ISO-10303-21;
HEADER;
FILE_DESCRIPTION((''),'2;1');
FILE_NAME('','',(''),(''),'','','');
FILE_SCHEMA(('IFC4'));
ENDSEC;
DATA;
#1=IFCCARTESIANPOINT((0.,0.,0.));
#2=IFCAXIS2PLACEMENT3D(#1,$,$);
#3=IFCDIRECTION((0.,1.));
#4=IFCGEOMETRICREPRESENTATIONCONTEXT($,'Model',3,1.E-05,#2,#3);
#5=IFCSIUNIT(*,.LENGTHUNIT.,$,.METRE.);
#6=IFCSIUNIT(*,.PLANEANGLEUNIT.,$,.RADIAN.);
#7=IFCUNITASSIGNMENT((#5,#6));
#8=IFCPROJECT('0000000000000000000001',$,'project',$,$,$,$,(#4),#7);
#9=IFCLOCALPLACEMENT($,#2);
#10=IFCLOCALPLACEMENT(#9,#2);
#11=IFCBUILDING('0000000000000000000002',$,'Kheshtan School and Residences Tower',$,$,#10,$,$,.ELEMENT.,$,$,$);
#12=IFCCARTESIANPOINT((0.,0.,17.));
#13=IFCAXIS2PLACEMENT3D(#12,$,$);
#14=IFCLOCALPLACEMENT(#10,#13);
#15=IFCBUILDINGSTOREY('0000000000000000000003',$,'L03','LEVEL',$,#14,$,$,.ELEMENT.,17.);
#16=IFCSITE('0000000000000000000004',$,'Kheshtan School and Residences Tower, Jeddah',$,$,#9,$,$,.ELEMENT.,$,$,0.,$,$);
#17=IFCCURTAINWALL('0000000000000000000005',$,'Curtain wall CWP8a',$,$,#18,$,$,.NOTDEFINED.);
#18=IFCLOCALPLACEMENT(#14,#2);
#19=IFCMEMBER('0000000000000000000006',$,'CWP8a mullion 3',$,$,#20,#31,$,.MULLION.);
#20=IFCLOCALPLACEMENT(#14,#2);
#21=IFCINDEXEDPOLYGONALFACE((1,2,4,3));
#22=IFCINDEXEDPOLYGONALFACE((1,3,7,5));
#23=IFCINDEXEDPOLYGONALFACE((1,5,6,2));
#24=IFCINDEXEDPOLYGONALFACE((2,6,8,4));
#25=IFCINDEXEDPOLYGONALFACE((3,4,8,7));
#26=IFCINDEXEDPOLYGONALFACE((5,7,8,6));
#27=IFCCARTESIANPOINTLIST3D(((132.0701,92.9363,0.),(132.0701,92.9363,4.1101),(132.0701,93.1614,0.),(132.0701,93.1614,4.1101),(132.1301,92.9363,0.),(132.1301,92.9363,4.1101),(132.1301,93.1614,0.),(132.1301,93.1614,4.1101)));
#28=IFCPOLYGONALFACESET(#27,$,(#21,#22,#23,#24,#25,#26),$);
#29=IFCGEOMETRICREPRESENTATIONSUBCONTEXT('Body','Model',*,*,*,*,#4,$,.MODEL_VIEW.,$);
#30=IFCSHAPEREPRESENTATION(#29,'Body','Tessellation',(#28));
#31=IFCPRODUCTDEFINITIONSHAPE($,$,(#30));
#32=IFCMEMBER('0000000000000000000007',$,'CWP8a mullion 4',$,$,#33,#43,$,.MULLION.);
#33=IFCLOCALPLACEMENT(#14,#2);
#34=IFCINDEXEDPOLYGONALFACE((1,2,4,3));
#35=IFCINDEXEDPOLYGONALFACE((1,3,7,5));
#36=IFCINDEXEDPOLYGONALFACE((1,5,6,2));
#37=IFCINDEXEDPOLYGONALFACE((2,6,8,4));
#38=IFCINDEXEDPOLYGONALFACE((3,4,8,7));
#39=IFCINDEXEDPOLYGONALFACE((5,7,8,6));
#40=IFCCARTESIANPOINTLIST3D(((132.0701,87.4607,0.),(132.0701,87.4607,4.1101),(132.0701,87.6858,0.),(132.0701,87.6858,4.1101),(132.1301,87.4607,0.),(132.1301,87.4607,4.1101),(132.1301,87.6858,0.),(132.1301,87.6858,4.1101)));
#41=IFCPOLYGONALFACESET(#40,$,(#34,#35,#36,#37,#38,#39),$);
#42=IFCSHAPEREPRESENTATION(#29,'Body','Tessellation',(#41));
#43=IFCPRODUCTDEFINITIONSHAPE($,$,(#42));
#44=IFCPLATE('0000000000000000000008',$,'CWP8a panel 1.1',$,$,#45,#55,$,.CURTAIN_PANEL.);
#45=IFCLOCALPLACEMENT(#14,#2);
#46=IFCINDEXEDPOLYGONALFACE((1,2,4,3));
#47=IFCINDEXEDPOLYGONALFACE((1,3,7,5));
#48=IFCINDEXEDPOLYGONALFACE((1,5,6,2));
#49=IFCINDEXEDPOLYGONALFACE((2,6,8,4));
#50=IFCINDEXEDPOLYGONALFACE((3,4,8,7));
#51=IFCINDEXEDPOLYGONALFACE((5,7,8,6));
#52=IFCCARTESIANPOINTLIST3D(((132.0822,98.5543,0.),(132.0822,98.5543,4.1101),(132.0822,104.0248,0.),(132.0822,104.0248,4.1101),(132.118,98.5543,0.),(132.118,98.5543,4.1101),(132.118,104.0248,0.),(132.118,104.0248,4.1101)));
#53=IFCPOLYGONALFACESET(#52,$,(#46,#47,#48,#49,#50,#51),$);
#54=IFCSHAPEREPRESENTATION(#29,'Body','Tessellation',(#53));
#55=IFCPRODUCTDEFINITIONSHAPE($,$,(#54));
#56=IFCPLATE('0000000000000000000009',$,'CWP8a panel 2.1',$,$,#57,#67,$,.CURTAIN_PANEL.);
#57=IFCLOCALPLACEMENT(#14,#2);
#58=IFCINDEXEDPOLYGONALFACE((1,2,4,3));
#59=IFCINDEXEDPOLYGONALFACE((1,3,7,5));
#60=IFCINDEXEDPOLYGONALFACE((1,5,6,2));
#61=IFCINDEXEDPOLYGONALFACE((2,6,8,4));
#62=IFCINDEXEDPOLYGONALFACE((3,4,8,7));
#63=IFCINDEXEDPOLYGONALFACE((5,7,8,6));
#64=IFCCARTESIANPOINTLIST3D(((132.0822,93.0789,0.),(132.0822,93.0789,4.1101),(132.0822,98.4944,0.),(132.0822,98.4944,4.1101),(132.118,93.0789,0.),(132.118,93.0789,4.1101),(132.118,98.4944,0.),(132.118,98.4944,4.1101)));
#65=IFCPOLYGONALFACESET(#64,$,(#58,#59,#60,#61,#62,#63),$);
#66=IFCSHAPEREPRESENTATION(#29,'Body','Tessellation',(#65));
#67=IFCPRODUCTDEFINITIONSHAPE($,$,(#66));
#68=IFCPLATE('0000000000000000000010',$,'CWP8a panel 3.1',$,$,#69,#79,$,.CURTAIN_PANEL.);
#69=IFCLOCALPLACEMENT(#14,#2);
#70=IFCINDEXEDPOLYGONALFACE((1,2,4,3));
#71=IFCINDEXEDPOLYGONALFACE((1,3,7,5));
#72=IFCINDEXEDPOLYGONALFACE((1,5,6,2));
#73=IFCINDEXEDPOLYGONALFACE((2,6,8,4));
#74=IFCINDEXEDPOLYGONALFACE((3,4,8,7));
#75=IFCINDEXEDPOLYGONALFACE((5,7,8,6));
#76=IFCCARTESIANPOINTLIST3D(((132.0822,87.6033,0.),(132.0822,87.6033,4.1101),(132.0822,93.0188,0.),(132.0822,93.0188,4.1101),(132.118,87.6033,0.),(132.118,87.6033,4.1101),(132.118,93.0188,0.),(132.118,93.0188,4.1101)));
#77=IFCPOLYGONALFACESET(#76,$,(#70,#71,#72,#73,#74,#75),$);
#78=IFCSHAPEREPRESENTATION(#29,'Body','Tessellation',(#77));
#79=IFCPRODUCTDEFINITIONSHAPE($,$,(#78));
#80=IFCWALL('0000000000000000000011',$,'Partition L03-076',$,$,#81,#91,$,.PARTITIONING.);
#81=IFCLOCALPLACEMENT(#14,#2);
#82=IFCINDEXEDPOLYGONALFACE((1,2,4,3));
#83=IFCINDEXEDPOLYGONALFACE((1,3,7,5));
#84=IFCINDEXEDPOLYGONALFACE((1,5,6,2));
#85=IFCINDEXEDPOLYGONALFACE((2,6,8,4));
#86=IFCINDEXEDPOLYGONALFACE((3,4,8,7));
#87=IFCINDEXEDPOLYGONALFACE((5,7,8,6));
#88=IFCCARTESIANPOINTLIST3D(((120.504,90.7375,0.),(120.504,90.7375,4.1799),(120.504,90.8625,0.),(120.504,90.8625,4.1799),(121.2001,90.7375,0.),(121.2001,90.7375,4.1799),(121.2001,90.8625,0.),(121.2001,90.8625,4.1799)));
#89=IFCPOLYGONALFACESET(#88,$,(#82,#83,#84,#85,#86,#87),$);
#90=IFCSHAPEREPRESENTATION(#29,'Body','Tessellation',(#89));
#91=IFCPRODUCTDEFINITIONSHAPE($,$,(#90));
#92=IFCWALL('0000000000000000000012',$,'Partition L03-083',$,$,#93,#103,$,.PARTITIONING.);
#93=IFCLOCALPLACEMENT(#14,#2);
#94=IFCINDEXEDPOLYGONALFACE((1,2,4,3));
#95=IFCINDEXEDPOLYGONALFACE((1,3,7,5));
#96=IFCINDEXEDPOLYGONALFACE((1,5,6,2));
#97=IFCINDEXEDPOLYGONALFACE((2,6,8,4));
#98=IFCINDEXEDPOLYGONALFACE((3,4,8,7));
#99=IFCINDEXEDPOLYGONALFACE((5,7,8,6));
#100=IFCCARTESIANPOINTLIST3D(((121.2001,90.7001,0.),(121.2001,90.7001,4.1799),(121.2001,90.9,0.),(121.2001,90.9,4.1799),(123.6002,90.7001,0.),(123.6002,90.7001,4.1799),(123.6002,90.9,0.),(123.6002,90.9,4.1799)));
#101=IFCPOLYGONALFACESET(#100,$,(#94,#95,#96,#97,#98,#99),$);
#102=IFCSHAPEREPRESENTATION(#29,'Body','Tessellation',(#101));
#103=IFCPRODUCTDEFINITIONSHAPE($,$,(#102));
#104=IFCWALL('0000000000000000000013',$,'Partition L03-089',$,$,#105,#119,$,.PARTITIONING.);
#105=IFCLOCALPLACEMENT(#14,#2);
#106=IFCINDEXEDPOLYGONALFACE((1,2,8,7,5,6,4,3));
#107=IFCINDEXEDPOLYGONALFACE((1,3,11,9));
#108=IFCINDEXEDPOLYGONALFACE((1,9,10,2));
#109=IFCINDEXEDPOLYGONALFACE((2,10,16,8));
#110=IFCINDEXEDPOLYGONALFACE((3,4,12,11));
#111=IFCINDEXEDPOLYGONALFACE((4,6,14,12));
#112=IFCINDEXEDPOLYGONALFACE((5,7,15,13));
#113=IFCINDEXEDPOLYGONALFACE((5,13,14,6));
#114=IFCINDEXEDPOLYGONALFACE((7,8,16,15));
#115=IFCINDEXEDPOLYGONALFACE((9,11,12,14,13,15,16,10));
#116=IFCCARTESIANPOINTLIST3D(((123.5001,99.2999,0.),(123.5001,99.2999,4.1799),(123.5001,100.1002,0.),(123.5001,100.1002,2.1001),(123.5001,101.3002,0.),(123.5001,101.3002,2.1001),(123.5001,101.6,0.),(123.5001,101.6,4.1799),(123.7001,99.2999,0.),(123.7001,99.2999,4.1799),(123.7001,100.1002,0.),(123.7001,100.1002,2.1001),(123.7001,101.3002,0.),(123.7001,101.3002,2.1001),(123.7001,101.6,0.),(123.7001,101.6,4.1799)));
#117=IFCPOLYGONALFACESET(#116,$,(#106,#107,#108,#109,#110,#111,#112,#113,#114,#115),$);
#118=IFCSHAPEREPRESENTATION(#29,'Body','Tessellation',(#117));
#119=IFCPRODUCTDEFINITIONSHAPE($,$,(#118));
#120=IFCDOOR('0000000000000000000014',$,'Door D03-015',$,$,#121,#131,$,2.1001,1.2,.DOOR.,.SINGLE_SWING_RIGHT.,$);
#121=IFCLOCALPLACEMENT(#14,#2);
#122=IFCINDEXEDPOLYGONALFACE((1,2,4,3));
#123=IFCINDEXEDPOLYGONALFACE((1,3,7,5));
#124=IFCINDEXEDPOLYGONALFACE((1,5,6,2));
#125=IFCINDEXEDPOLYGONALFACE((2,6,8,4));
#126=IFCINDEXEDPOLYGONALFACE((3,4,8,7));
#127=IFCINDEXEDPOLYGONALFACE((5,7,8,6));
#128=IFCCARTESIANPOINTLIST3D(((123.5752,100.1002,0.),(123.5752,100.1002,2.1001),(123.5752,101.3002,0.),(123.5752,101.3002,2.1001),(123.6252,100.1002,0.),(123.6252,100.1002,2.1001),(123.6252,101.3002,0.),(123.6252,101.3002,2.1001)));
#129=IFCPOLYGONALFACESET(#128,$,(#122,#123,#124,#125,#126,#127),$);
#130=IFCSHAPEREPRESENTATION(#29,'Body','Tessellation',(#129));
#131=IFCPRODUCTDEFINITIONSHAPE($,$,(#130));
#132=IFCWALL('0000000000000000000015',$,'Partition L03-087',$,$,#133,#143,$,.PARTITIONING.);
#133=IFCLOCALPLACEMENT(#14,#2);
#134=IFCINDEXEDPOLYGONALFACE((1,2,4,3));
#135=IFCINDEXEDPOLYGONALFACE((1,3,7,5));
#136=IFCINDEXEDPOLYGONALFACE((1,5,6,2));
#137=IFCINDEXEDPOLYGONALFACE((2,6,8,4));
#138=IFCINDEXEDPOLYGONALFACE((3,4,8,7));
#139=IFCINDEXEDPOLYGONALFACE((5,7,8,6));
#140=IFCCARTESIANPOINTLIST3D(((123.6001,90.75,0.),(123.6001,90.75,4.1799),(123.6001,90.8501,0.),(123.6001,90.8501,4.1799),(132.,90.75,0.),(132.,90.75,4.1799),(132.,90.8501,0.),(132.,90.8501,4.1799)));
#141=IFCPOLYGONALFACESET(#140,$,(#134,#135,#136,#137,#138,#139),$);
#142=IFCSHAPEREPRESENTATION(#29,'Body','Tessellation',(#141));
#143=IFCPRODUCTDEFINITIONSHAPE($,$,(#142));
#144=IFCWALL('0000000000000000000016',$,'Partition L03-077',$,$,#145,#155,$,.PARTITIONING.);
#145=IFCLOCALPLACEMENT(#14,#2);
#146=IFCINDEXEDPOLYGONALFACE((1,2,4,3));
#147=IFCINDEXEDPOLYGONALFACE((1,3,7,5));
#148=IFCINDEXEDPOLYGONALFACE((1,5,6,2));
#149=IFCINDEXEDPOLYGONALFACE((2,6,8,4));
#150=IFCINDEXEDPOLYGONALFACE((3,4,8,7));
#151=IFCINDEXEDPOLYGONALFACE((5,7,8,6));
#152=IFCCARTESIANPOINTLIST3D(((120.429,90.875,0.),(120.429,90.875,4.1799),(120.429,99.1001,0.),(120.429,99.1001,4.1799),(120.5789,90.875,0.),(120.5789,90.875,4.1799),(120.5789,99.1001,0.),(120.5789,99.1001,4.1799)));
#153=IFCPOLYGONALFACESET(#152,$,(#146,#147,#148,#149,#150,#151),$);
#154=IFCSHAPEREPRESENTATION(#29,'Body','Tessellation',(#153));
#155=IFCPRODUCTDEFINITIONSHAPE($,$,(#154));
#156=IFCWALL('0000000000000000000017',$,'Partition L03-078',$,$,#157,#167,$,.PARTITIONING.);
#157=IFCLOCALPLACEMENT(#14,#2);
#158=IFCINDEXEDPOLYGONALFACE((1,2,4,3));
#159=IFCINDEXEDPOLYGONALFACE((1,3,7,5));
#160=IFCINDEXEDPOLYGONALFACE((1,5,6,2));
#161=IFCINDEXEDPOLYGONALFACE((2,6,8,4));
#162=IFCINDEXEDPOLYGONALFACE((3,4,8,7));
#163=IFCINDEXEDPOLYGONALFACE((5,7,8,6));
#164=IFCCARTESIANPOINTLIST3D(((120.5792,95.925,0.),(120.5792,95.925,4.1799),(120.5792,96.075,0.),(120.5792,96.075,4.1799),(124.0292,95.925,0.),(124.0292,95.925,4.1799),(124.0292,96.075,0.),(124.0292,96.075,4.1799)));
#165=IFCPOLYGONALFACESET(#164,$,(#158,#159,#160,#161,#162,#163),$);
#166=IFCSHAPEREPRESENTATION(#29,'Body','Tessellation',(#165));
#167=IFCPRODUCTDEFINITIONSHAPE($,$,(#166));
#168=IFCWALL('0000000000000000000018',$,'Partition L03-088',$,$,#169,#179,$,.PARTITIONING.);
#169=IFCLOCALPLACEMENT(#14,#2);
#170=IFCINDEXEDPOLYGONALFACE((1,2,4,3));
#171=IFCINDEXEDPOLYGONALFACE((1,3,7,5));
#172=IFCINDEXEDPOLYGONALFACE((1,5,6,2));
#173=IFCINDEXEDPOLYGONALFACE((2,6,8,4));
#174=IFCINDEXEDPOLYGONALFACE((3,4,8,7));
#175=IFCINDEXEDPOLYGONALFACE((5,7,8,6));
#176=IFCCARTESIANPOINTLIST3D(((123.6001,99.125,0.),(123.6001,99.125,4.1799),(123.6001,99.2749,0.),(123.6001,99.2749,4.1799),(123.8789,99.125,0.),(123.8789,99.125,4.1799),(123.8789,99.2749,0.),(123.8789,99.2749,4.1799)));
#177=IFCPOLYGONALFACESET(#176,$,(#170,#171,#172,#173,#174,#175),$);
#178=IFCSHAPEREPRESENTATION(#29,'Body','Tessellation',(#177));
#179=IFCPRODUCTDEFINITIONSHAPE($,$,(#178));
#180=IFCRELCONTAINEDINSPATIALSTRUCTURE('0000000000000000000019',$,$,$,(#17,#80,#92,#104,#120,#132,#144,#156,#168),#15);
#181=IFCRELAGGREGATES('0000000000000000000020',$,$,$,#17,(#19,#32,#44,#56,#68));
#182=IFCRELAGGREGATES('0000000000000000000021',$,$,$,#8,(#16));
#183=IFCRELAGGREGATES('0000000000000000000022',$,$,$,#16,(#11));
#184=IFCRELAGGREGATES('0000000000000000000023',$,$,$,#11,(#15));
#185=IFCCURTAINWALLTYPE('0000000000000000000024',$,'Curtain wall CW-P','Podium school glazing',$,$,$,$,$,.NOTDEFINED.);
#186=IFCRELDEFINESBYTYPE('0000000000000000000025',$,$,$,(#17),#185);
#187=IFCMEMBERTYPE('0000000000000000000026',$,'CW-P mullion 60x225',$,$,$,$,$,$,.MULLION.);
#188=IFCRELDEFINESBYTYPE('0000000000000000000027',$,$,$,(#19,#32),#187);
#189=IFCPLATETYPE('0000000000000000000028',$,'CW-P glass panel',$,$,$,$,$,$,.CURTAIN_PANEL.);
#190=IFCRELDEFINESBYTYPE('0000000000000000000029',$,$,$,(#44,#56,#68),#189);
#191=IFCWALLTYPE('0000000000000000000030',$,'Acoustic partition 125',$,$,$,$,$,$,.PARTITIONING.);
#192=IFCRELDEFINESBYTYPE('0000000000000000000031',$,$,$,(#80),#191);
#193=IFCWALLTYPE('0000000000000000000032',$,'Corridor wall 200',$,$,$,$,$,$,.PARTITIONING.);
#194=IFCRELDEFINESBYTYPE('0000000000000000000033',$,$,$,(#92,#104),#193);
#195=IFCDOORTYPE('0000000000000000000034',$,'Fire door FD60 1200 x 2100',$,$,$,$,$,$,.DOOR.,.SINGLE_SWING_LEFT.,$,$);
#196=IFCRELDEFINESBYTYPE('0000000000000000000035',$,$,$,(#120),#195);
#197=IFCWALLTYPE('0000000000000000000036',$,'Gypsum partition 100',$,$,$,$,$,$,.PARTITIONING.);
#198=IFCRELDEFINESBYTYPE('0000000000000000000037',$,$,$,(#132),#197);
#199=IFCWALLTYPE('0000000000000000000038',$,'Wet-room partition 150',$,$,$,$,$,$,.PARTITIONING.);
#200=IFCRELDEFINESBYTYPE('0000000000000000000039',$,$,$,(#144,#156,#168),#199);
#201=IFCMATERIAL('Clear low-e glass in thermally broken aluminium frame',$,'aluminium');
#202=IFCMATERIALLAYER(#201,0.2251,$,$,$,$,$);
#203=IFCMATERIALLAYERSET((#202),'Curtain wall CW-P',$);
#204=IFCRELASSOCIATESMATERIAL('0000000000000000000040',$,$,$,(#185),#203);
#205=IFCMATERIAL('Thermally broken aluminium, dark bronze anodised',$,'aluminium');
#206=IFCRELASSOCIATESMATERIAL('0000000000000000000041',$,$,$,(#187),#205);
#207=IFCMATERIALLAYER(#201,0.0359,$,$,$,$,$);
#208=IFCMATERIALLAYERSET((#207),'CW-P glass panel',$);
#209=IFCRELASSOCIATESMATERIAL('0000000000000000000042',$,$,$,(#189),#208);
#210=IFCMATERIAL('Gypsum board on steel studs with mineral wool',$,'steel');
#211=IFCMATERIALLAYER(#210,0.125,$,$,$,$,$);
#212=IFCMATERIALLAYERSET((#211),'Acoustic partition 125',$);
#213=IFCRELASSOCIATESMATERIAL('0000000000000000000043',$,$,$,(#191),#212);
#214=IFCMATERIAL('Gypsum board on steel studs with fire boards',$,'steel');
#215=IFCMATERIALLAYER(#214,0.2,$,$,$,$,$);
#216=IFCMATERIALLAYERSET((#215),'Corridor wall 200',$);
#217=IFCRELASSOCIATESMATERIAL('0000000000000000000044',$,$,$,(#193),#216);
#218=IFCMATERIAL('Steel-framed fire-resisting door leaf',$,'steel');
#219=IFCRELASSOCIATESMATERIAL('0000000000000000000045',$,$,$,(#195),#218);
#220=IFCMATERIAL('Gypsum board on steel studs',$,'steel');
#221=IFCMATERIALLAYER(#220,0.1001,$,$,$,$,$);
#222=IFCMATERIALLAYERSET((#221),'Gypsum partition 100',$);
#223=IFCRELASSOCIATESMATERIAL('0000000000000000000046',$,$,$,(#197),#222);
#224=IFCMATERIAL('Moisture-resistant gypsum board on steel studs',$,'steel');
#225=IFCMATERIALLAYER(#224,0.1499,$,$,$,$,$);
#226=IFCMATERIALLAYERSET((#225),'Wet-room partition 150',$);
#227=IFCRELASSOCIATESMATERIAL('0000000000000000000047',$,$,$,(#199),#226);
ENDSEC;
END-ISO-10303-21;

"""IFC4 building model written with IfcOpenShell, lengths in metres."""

from ifc_helpers import new_model, si_unit, direction, frame, frame_2d, origin, origin_2d, place, context, subcontext, project, spatial, rectangle, extrude, source, transform, mapped, material, layer, layer_set, material_profile, profile_set, type_object, element, fill, aggregate, save


model = new_model("IFC4")

# Units and contexts
model_context = context("Model", 3, precision=1e-05, world=origin(), true_north=direction((0.0, 1.0)))
body_context = subcontext(model_context, "Body", "Model", "MODEL_VIEW")
ifc_project = project(units=[si_unit("LENGTHUNIT", "METRE"), si_unit("PLANEANGLEUNIT", "RADIAN")], contexts=[model_context])

# Site, building, storey
site_placement = place(None, origin())
site = spatial("IfcSite", under=ifc_project, at=site_placement, Name="Kheshtan School and Residences Tower, Jeddah", CompositionType="ELEMENT", RefElevation=0.0)
building_placement = place(site_placement, origin())
building = spatial("IfcBuilding", under=site, at=building_placement, Name="Kheshtan School and Residences Tower", CompositionType="ELEMENT")
storey_placement = place(building_placement, frame((0.0, 0.0, 17.0)))
storey = spatial("IfcBuildingStorey", under=building, at=storey_placement, Name="L03", Description="LEVEL", CompositionType="ELEMENT", Elevation=17.0)

# Curtain wall, members, plates
ifc_material_1 = material(Name="Clear low-e glass in thermally broken aluminium frame", Category="aluminium")
ifc_layer_1 = layer(ifc_material_1, 0.2251)
ifc_layer_set_1 = layer_set([ifc_layer_1], Name="Curtain wall CW-P")
curtain_wall_type = type_object("IfcCurtainWallType", Name="Curtain wall CW-P", Description="Podium school glazing", PredefinedType="NOTDEFINED", material=ifc_layer_set_1)
curtain_wall_placement = place(storey_placement, origin())
curtain_wall = element("IfcCurtainWall", 1, at=curtain_wall_placement, inside=storey, type_object=curtain_wall_type, Name="Curtain wall CWP8a", PredefinedType="NOTDEFINED")
ifc_material_2 = material(Name="Thermally broken aluminium, dark bronze anodised", Category="aluminium")
ifc_material_profile_1 = material_profile(ifc_material_2, rectangle(XDim=0.0601, YDim=0.2251, at=origin_2d()), Name="CW-P mullion 60x225")
ifc_profile_set_1 = profile_set([ifc_material_profile_1], Name="Thermally broken aluminium, dark bronze anodised")
member_type = type_object("IfcMemberType", Name="CW-P mullion 60x225", PredefinedType="MULLION", material=ifc_profile_set_1)
member_1_placement = place(storey_placement, frame((132.1001, 93.0488, 0.0), z_axis=(0.0, 0.0, 1.0), x_axis=(1.0, 0.0, 0.0)))
member_1 = element("IfcMember", 2, at=member_1_placement, type_object=member_type, Name="CWP8a mullion 3", PredefinedType="MULLION", context=body_context, shape_type="SweptSolid", body=[
    extrude(rectangle(XDim=0.0601, YDim=0.2251, at=origin_2d()), origin(), (0.0, 0.0, 1.0), 4.1101),
])
member_2_placement = place(storey_placement, frame((132.1001, 87.5732, 0.0), z_axis=(0.0, 0.0, 1.0), x_axis=(1.0, 0.0, 0.0)))
member_2 = element("IfcMember", 3, at=member_2_placement, type_object=member_type, Name="CWP8a mullion 4", PredefinedType="MULLION", context=body_context, shape_type="SweptSolid", body=[
    extrude(rectangle(XDim=0.0601, YDim=0.2251, at=origin_2d()), origin(), (0.0, 0.0, 1.0), 4.1101),
])
ifc_layer_2 = layer(ifc_material_1, 0.0359)
ifc_layer_set_2 = layer_set([ifc_layer_2], Name="CW-P glass panel")
plate_type = type_object("IfcPlateType", Name="CW-P glass panel", PredefinedType="CURTAIN_PANEL", material=ifc_layer_set_2)
plate_1_placement = place(storey_placement, frame((132.1001, 101.2896, 0.0), z_axis=(0.0, 0.0, 1.0), x_axis=(0.0, -1.0, 0.0)))
plate_1 = element("IfcPlate", 4, at=plate_1_placement, type_object=plate_type, Name="CWP8a panel 1.1", PredefinedType="CURTAIN_PANEL", context=body_context, shape_type="SweptSolid", body=[
    extrude(rectangle(XDim=5.4705, YDim=0.0359, at=origin_2d()), origin(), (0.0, 0.0, 1.0), 4.1101),
])
plate_2_placement = place(storey_placement, frame((132.1001, 95.7866, 0.0), z_axis=(0.0, 0.0, 1.0), x_axis=(0.0, -1.0, 0.0)))
plate_2 = element("IfcPlate", 5, at=plate_2_placement, type_object=plate_type, Name="CWP8a panel 2.1", PredefinedType="CURTAIN_PANEL", context=body_context, shape_type="SweptSolid", body=[
    extrude(rectangle(XDim=5.4155, YDim=0.0359, at=origin_2d()), origin(), (0.0, 0.0, 1.0), 4.1101),
])
plate_3_placement = place(storey_placement, frame((132.1001, 90.311, 0.0), z_axis=(0.0, 0.0, 1.0), x_axis=(0.0, -1.0, 0.0)))
plate_3 = element("IfcPlate", 6, at=plate_3_placement, type_object=plate_type, Name="CWP8a panel 3.1", PredefinedType="CURTAIN_PANEL", context=body_context, shape_type="SweptSolid", body=[
    extrude(rectangle(XDim=5.4155, YDim=0.0359, at=origin_2d()), origin(), (0.0, 0.0, 1.0), 4.1101),
])
aggregate(curtain_wall, [member_1, member_2, plate_1, plate_2, plate_3])

# Walls
ifc_material_3 = material(Name="Gypsum board on steel studs with mineral wool", Category="steel")
ifc_layer_3 = layer(ifc_material_3, 0.125)
ifc_layer_set_3 = layer_set([ifc_layer_3], Name="Acoustic partition 125")
wall_type_1 = type_object("IfcWallType", Name="Acoustic partition 125", PredefinedType="PARTITIONING", material=ifc_layer_set_3)
wall_1_placement = place(storey_placement, frame((120.5039, 90.8, 0.0), z_axis=(0.0, 0.0, 1.0), x_axis=(1.0, 0.0, 0.0)))
element("IfcWall", 7, at=wall_1_placement, inside=storey, type_object=wall_type_1, Name="Partition L03-076", PredefinedType="PARTITIONING", context=body_context, shape_type="SweptSolid", body=[
    extrude(rectangle(XDim=0.696, YDim=0.125, at=frame_2d((0.3481, 0.0))), origin(), (0.0, 0.0, 1.0), 4.1799),
])
ifc_material_4 = material(Name="Gypsum board on steel studs with fire boards", Category="steel")
ifc_layer_4 = layer(ifc_material_4, 0.2)
ifc_layer_set_4 = layer_set([ifc_layer_4], Name="Corridor wall 200")
wall_type_2 = type_object("IfcWallType", Name="Corridor wall 200", PredefinedType="PARTITIONING", material=ifc_layer_set_4)
wall_2_placement = place(storey_placement, frame((121.2, 90.8, 0.0), z_axis=(0.0, 0.0, 1.0), x_axis=(1.0, 0.0, 0.0)))
element("IfcWall", 8, at=wall_2_placement, inside=storey, type_object=wall_type_2, Name="Partition L03-083", PredefinedType="PARTITIONING", context=body_context, shape_type="SweptSolid", body=[
    extrude(rectangle(XDim=2.4001, YDim=0.2, at=frame_2d((1.2002, 0.0))), origin(), (0.0, 0.0, 1.0), 4.1799),
])

# Wall, opening, door
wall_3_placement = place(storey_placement, frame((123.6001, 99.3, 0.0), z_axis=(0.0, 0.0, 1.0), x_axis=(0.0, 1.0, 0.0)))
wall_3 = element("IfcWall", 9, at=wall_3_placement, inside=storey, type_object=wall_type_2, Name="Partition L03-089", PredefinedType="PARTITIONING", context=body_context, shape_type="SweptSolid", body=[
    extrude(rectangle(XDim=2.3, YDim=0.2, at=frame_2d((1.1499, 0.0))), origin(), (0.0, 0.0, 1.0), 4.1799),
])
opening_placement = place(wall_3_placement, frame((0.8, 0.0, 0.0)))
opening = element("IfcOpeningElement", 10, at=opening_placement, cuts=wall_3, PredefinedType="OPENING", context=body_context, shape_type="SweptSolid", body=[
    extrude(rectangle(XDim=1.2, YDim=2.1001, at=frame_2d((0.6001, 1.05))), frame((0.0, 0.1099, 0.0), z_axis=(0.0, -1.0, 0.0), x_axis=(1.0, 0.0, 0.0)), (0.0, 0.0, 1.0), 0.22),
])
ifc_material_5 = material(Name="Steel-framed fire-resisting door leaf", Category="steel")
door_type = type_object("IfcDoorType", Name="Fire door FD60 1200 x 2100", OperationType="SINGLE_SWING_LEFT", PredefinedType="DOOR", material=ifc_material_5)
shared_shape = source(origin(), body_context, "Body", "SweptSolid", [
    extrude(rectangle(XDim=1.2, YDim=2.1001, at=frame_2d((0.6001, 1.05))), frame((0.0, 0.0249, 0.0), z_axis=(0.0, -1.0, 0.0), x_axis=(1.0, 0.0, 0.0)), (0.0, 0.0, 1.0), 0.05),
])
door_placement = place(opening_placement, origin())
door = element("IfcDoor", 11, at=door_placement, inside=storey, type_object=door_type, Name="Door D03-015", OperationType="SINGLE_SWING_RIGHT", OverallHeight=2.1001, OverallWidth=1.2, PredefinedType="DOOR", context=body_context, shape_type="MappedRepresentation", body=[
    mapped(shared_shape, transform((0.0, 0.0, 0.0), x_axis=(1.0, 0.0, 0.0), y_axis=(0.0, 1.0, 0.0), z_axis=(0.0, 0.0, 1.0), scale=1.0)),
])
fill(opening, door)

# Walls
ifc_material_6 = material(Name="Gypsum board on steel studs", Category="steel")
ifc_layer_5 = layer(ifc_material_6, 0.1001)
ifc_layer_set_5 = layer_set([ifc_layer_5], Name="Gypsum partition 100")
wall_type_3 = type_object("IfcWallType", Name="Gypsum partition 100", PredefinedType="PARTITIONING", material=ifc_layer_set_5)
wall_4_placement = place(storey_placement, frame((123.6001, 90.8, 0.0), z_axis=(0.0, 0.0, 1.0), x_axis=(1.0, 0.0, 0.0)))
element("IfcWall", 12, at=wall_4_placement, inside=storey, type_object=wall_type_3, Name="Partition L03-087", PredefinedType="PARTITIONING", context=body_context, shape_type="SweptSolid", body=[
    extrude(rectangle(XDim=8.3999, YDim=0.1001, at=frame_2d((4.2, 0.0))), origin(), (0.0, 0.0, 1.0), 4.1799),
])
ifc_material_7 = material(Name="Moisture-resistant gypsum board on steel studs", Category="steel")
ifc_layer_6 = layer(ifc_material_7, 0.1499)
ifc_layer_set_6 = layer_set([ifc_layer_6], Name="Wet-room partition 150")
wall_type_4 = type_object("IfcWallType", Name="Wet-room partition 150", PredefinedType="PARTITIONING", material=ifc_layer_set_6)
wall_5_placement = place(storey_placement, frame((120.5039, 90.875, 0.0), z_axis=(0.0, 0.0, 1.0), x_axis=(0.0, 1.0, 0.0)))
element("IfcWall", 13, at=wall_5_placement, inside=storey, type_object=wall_type_4, Name="Partition L03-077", PredefinedType="PARTITIONING", context=body_context, shape_type="SweptSolid", body=[
    extrude(rectangle(XDim=8.2251, YDim=0.1499, at=frame_2d((4.1125, 0.0))), origin(), (0.0, 0.0, 1.0), 4.1799),
])
wall_6_placement = place(storey_placement, frame((120.5791, 96.0, 0.0), z_axis=(0.0, 0.0, 1.0), x_axis=(1.0, 0.0, 0.0)))
element("IfcWall", 14, at=wall_6_placement, inside=storey, type_object=wall_type_4, Name="Partition L03-078", PredefinedType="PARTITIONING", context=body_context, shape_type="SweptSolid", body=[
    extrude(rectangle(XDim=3.45, YDim=0.1499, at=frame_2d((1.7251, 0.0))), origin(), (0.0, 0.0, 1.0), 4.1799),
])
wall_7_placement = place(storey_placement, frame((123.6001, 99.2, 0.0), z_axis=(0.0, 0.0, 1.0), x_axis=(1.0, 0.0, 0.0)))
element("IfcWall", 15, at=wall_7_placement, inside=storey, type_object=wall_type_4, Name="Partition L03-088", PredefinedType="PARTITIONING", context=body_context, shape_type="SweptSolid", body=[
    extrude(rectangle(XDim=0.2788, YDim=0.1499, at=frame_2d((0.1394, 0.0))), origin(), (0.0, 0.0, 1.0), 4.1799),
])

save(model, "model.ifc")
